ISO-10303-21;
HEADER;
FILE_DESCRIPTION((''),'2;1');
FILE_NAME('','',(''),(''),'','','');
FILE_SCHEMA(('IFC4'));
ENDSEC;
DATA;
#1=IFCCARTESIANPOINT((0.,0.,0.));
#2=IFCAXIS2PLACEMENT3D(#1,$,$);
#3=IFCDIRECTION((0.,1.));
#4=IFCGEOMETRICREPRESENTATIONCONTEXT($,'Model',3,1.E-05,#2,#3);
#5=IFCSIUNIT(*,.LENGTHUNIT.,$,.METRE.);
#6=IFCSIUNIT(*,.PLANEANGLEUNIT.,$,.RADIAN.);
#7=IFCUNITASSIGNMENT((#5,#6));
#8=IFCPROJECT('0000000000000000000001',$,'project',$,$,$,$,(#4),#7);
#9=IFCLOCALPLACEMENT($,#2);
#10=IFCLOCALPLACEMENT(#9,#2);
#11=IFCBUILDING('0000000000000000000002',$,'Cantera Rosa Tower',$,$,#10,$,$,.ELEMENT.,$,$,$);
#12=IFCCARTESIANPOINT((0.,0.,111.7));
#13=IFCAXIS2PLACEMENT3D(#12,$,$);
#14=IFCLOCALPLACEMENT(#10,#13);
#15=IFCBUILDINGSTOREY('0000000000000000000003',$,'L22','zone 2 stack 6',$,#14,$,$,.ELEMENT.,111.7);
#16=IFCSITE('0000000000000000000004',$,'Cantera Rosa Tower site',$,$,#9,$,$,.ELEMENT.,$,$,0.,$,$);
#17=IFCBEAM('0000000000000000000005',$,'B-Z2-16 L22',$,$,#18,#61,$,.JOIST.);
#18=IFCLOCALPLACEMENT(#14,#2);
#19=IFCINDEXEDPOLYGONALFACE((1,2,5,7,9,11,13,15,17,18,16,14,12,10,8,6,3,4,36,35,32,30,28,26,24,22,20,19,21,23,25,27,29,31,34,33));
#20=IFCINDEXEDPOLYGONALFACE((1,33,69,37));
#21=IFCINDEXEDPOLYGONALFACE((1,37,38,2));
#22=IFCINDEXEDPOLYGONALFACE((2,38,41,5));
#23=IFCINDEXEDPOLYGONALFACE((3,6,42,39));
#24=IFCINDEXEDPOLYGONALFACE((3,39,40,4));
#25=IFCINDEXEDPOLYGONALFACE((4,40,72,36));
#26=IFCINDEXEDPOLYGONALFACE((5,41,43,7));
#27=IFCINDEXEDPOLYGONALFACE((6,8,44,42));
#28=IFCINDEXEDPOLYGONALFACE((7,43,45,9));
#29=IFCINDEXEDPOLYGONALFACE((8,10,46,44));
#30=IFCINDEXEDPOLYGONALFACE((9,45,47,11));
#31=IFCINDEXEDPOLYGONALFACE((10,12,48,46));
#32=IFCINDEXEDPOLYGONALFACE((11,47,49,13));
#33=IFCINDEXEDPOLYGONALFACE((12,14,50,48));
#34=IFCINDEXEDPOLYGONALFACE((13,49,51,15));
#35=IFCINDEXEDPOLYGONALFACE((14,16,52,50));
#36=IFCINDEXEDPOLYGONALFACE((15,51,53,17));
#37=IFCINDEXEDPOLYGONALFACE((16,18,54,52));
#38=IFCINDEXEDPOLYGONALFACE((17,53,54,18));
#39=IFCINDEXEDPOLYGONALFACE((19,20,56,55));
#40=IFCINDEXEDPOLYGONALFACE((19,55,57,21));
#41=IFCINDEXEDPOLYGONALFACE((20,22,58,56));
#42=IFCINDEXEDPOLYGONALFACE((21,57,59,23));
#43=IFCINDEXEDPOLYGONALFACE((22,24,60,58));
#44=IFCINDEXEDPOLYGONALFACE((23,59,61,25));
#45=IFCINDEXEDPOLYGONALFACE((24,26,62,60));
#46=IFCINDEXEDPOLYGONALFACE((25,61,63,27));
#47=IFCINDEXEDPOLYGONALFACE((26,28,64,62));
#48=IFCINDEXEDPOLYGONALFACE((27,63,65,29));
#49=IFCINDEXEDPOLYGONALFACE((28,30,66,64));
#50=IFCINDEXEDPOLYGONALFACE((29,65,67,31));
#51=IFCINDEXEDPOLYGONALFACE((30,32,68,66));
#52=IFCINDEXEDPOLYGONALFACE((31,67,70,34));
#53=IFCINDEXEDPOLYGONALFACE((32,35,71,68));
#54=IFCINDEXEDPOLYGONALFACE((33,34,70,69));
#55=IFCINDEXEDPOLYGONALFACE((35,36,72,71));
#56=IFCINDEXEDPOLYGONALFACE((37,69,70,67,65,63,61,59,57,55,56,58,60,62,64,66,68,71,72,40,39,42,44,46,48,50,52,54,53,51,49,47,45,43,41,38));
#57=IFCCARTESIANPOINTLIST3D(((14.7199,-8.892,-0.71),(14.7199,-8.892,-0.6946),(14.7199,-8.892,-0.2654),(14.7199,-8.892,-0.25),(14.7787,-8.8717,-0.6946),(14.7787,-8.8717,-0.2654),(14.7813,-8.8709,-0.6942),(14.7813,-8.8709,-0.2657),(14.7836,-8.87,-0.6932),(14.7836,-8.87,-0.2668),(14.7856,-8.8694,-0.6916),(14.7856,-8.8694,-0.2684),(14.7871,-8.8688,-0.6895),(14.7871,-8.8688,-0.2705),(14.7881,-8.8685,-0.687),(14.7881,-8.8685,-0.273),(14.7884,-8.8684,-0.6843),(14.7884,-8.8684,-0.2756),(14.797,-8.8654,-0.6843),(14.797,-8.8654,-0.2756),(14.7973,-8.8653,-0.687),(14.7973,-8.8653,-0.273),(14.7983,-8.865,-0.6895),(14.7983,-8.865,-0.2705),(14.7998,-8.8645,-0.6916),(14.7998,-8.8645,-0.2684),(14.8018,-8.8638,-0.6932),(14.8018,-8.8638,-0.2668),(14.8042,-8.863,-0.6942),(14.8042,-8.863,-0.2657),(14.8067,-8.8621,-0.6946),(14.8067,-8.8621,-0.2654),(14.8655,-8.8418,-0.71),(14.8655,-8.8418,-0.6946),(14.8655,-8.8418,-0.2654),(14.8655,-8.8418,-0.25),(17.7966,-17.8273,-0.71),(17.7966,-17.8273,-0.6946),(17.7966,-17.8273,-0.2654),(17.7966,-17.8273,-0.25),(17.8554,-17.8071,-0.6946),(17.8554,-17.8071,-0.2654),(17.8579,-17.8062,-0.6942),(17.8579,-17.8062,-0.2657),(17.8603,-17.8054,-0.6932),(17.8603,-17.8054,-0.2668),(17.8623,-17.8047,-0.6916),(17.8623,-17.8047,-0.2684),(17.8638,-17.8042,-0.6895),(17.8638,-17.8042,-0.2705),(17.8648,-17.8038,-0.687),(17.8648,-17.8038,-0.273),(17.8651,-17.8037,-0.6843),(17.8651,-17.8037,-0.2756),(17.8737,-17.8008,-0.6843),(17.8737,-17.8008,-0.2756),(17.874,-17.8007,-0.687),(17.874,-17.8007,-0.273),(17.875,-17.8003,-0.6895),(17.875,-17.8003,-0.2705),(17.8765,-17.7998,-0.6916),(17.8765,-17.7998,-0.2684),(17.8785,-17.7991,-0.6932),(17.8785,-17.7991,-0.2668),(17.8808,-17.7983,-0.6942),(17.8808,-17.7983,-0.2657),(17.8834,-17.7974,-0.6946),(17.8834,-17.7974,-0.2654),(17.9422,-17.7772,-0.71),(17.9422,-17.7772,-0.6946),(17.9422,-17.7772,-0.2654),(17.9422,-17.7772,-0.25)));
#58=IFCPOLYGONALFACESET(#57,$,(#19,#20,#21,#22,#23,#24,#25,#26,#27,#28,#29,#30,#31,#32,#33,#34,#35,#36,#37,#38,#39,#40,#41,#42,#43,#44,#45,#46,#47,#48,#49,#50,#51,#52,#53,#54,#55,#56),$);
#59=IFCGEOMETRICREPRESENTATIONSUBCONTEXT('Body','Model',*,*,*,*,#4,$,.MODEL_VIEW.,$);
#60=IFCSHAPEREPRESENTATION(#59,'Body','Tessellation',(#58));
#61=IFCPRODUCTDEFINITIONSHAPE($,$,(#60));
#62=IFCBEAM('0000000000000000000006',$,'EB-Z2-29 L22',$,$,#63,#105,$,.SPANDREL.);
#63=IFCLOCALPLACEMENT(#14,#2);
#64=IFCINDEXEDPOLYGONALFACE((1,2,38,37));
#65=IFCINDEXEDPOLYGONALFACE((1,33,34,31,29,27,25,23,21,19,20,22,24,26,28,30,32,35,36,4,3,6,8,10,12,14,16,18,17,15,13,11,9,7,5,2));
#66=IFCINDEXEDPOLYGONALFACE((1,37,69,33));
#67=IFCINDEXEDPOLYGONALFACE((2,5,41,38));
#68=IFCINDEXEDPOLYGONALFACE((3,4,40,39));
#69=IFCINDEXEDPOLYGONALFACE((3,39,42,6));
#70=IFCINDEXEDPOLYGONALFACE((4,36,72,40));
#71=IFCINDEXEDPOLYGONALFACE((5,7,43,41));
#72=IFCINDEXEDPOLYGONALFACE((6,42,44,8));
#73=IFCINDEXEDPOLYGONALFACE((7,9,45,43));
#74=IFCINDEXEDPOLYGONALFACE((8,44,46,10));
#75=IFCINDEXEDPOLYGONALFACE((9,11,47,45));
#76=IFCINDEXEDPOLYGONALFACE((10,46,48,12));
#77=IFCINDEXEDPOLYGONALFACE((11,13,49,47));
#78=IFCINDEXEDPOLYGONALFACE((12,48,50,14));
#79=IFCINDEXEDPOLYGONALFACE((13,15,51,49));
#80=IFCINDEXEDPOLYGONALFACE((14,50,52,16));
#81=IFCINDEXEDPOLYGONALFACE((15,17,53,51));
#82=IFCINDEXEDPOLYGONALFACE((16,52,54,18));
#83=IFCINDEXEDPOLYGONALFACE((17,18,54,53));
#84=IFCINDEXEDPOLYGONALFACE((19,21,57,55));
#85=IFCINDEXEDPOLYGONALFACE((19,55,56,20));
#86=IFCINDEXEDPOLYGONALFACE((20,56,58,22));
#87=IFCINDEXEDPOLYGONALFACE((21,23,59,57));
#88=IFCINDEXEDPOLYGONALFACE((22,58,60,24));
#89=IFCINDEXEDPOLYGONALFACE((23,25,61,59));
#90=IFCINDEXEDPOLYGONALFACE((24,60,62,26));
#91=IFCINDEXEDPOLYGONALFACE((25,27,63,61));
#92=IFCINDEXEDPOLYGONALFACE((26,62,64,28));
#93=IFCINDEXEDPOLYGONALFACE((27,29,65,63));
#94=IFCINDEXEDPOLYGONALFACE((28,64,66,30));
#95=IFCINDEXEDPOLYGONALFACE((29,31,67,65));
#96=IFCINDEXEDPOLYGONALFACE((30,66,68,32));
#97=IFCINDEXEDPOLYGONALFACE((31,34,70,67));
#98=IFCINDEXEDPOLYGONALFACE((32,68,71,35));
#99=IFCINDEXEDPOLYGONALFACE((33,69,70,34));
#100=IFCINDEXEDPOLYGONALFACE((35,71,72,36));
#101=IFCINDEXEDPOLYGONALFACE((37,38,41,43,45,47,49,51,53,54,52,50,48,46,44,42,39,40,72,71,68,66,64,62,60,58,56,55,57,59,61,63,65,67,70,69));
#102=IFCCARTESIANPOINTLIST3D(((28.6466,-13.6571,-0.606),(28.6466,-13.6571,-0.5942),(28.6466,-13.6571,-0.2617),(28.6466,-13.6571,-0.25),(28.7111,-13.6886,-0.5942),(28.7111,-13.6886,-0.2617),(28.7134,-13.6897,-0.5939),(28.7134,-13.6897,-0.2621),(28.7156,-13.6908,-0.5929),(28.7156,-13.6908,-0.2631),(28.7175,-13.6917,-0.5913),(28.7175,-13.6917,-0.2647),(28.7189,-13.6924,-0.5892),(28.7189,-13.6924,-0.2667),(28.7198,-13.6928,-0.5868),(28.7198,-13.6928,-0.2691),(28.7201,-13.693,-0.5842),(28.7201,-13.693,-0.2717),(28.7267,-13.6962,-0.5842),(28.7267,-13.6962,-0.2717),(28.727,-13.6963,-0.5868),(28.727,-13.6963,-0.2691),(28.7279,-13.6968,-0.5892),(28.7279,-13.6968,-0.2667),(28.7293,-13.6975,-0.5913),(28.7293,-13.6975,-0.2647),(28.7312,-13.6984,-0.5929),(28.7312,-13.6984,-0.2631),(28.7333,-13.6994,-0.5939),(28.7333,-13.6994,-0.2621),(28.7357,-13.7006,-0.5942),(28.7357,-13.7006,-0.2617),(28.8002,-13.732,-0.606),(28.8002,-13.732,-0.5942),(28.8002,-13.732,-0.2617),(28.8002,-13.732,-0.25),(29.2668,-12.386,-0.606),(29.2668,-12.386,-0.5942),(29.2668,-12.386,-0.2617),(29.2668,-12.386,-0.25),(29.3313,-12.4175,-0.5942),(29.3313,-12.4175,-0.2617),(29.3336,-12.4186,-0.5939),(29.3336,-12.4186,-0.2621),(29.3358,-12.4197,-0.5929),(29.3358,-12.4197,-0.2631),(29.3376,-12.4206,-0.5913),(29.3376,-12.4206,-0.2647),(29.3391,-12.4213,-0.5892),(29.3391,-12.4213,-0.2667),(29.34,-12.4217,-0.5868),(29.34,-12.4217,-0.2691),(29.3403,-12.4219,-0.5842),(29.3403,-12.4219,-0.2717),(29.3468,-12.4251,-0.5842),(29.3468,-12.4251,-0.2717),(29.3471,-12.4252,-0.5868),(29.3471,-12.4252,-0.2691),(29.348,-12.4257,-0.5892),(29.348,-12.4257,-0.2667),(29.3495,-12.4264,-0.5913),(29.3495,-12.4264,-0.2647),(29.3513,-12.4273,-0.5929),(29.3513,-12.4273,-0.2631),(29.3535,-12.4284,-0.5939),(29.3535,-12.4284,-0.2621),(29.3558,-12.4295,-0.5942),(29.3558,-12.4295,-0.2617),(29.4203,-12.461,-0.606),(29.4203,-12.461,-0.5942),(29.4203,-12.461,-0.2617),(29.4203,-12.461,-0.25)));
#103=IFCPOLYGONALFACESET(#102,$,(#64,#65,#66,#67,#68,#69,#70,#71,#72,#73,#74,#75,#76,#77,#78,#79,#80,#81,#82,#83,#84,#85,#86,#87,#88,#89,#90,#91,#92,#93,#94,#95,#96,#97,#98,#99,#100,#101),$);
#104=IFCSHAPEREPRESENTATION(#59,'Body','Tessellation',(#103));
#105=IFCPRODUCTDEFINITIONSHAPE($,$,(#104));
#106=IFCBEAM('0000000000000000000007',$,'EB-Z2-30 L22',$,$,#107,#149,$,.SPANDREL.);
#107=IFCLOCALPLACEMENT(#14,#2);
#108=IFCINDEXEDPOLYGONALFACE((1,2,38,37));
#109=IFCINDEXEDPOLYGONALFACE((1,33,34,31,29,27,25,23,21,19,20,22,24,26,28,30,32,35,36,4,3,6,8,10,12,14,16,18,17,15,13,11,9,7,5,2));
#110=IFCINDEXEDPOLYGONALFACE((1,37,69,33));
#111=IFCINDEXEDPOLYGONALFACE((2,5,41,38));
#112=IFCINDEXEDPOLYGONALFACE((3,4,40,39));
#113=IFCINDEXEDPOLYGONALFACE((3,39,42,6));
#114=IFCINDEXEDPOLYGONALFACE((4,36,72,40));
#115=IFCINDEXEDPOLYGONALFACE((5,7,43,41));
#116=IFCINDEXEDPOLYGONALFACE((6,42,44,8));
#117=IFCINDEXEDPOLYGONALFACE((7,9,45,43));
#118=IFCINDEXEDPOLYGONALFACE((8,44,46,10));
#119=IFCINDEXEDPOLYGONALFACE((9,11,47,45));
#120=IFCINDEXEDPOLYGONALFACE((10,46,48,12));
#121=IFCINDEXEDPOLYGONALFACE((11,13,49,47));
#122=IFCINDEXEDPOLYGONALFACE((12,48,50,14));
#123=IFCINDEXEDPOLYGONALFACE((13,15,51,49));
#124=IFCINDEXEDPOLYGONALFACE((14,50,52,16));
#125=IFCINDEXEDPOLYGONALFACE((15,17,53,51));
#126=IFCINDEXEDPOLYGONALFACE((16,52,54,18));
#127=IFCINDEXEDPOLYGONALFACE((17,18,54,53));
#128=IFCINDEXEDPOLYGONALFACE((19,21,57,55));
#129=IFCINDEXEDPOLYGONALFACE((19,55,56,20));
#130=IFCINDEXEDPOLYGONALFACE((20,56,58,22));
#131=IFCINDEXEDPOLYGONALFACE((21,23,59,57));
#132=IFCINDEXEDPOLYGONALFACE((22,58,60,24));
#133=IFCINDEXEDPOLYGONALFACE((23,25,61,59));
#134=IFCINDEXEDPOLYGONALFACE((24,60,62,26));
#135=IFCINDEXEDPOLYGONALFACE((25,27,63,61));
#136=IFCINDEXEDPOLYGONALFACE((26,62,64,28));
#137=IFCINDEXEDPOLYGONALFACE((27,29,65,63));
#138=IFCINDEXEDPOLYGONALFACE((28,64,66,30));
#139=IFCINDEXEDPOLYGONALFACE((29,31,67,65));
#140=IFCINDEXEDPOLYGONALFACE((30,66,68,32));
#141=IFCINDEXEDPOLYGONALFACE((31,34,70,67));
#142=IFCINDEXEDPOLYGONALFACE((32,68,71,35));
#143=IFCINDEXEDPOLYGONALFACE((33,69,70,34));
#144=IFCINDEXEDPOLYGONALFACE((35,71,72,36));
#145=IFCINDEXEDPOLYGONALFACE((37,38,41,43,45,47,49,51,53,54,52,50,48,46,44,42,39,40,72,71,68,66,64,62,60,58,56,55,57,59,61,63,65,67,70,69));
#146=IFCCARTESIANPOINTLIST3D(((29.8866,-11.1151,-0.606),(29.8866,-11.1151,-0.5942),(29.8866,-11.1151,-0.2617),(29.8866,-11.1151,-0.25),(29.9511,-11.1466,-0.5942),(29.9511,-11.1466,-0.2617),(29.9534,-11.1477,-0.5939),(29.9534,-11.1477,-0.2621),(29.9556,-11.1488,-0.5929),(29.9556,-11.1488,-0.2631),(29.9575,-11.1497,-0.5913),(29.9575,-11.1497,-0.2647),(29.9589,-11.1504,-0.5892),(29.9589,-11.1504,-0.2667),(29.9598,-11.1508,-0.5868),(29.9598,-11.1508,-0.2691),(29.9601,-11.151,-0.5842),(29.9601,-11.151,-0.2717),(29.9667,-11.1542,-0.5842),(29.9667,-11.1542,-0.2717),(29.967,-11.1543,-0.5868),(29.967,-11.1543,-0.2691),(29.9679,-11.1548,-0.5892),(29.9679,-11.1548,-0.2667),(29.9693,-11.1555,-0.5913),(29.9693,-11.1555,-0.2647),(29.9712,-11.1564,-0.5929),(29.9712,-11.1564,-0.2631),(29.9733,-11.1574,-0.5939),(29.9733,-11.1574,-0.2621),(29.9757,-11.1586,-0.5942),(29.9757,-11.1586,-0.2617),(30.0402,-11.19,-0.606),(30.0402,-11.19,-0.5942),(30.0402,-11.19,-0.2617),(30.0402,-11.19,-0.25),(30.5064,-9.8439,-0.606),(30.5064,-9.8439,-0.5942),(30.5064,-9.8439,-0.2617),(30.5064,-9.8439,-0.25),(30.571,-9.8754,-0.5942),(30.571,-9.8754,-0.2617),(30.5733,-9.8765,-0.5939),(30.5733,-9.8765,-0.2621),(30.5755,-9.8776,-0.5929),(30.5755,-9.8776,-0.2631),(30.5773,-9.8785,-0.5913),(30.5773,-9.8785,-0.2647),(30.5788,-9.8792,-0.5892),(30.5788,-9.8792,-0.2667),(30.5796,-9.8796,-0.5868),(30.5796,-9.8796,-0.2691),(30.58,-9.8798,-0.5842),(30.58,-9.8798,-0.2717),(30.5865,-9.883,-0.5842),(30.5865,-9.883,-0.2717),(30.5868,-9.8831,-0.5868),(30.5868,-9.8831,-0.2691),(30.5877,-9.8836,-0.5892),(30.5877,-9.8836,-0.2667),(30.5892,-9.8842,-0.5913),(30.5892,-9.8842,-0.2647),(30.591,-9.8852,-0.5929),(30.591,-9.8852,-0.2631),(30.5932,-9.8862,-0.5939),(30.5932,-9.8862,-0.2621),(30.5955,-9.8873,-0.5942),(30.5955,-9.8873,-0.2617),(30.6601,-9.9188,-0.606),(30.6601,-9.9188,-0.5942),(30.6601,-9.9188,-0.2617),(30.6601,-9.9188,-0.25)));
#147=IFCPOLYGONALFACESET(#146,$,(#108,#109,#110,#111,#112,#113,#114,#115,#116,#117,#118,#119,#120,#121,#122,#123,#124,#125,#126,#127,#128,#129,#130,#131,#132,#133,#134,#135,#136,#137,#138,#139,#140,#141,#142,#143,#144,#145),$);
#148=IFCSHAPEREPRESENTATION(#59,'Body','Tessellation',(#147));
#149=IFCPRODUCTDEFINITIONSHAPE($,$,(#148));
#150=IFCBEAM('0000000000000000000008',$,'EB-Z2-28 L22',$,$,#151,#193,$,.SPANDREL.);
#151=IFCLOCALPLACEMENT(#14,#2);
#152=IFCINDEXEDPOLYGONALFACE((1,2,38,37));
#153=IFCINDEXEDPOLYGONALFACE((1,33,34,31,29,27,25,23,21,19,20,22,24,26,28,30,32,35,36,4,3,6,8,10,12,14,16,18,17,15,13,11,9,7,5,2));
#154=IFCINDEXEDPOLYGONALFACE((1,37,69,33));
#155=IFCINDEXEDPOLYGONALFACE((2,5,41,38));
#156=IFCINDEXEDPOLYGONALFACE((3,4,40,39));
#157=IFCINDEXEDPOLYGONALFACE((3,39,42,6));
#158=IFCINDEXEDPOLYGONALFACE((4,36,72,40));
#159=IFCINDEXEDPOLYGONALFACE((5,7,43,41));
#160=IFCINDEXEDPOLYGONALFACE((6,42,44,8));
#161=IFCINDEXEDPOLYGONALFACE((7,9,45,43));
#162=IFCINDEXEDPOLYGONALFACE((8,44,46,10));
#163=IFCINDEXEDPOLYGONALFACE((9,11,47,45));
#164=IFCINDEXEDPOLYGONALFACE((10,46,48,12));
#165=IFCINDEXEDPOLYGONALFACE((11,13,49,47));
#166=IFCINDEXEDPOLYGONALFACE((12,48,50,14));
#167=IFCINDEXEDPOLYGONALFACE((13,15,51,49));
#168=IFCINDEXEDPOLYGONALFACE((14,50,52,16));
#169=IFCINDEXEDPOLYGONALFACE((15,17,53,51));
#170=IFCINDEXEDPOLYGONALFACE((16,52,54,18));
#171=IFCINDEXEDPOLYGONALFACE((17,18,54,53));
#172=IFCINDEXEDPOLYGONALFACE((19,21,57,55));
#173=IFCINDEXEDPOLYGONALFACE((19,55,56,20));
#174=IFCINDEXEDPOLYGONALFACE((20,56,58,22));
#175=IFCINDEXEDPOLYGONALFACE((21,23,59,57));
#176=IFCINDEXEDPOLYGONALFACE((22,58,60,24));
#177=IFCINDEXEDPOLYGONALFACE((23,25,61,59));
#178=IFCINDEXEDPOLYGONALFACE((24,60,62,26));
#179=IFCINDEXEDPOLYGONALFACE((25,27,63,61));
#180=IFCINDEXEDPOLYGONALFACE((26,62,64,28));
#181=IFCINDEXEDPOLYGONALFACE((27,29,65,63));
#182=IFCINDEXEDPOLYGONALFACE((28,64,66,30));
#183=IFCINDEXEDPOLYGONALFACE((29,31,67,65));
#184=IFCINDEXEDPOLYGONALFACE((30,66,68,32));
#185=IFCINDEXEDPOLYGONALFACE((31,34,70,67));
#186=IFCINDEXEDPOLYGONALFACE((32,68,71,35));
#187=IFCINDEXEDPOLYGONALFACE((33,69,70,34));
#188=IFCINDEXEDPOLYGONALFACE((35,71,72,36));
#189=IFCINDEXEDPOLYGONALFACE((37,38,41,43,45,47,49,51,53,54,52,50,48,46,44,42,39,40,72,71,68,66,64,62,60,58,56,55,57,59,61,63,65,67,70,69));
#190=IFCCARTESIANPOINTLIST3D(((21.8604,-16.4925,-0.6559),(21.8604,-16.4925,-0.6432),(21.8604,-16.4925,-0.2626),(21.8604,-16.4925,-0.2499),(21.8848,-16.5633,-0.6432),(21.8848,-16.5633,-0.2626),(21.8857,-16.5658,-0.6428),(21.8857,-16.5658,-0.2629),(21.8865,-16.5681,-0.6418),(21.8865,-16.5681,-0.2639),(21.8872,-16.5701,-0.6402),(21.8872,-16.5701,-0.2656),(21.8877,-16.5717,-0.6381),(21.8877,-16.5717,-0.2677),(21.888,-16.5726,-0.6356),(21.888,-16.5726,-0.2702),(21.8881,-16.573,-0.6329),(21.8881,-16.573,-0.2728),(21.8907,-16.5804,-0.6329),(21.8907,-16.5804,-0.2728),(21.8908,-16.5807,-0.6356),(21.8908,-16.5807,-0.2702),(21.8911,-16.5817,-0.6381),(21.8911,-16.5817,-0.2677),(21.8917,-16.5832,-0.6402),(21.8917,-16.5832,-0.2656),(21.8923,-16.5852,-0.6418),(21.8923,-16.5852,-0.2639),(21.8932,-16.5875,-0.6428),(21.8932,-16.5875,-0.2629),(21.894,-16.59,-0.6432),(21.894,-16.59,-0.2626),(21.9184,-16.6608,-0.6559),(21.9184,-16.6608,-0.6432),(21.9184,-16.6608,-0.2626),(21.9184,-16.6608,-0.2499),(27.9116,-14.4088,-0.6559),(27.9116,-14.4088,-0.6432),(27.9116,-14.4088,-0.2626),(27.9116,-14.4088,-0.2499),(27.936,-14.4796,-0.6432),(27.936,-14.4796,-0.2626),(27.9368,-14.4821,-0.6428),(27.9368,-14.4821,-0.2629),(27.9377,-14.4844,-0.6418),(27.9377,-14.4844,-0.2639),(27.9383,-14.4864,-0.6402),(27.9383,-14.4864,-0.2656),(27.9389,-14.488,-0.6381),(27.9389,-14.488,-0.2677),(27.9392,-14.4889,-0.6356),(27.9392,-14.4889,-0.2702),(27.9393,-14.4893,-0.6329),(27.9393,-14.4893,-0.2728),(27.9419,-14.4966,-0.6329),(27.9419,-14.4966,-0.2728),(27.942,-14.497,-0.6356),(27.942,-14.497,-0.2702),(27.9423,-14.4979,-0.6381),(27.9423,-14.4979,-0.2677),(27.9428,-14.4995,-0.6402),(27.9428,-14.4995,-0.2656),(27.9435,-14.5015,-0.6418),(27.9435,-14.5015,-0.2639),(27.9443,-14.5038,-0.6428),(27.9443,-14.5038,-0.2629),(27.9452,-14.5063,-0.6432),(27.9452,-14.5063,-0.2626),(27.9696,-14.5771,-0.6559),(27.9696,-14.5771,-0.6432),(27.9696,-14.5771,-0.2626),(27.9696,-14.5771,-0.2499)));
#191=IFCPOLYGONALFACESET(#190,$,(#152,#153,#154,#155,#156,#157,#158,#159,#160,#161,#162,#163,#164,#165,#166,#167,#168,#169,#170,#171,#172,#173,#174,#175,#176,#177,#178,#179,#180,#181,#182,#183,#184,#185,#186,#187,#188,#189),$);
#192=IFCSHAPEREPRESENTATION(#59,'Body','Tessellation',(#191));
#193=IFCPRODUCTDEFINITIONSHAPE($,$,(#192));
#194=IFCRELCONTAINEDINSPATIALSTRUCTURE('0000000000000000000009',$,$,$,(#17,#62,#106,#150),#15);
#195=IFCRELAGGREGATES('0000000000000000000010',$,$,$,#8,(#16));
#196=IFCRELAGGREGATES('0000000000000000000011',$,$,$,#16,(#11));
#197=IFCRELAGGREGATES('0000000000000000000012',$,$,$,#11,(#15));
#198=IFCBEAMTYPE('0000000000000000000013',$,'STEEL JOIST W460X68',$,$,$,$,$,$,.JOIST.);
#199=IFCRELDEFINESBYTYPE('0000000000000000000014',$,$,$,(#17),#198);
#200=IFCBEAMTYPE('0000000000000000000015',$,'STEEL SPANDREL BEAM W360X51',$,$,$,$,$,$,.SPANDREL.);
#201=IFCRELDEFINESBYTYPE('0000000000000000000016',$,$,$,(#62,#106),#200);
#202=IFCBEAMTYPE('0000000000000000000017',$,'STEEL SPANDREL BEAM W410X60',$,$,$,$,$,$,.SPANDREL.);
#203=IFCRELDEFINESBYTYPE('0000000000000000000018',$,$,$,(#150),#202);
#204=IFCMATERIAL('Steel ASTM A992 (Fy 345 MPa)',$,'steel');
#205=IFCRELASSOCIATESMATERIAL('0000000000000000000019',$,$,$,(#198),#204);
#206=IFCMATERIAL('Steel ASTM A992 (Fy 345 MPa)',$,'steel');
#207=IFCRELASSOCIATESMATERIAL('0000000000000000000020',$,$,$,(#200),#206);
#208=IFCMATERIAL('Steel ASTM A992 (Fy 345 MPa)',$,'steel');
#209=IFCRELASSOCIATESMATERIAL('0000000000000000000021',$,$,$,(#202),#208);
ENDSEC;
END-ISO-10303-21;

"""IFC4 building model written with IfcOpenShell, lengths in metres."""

from ifc_helpers import new_model, si_unit, direction, frame, origin, origin_2d, place, context, subcontext, project, spatial, i_section, extrude, material, material_profile, profile_set, type_object, element, save


model = new_model("IFC4")

# Units and contexts
model_context = context("Model", 3, precision=1e-05, world=origin(), true_north=direction((0.0, 1.0)))
body_context = subcontext(model_context, "Body", "Model", "MODEL_VIEW")
ifc_project = project(units=[si_unit("LENGTHUNIT", "METRE"), si_unit("PLANEANGLEUNIT", "RADIAN")], contexts=[model_context])

# Site, building, storey
site_placement = place(None, origin())
site = spatial("IfcSite", under=ifc_project, at=site_placement, Name="Cantera Rosa Tower site", CompositionType="ELEMENT", RefElevation=0.0)
building_placement = place(site_placement, origin())
building = spatial("IfcBuilding", under=site, at=building_placement, Name="Cantera Rosa Tower", CompositionType="ELEMENT")
storey_placement = place(building_placement, frame((0.0, 0.0, 111.7)))
storey = spatial("IfcBuildingStorey", under=building, at=storey_placement, Name="L22", Description="zone 2 stack 6", CompositionType="ELEMENT", Elevation=111.7)

# Beams
ifc_material_1 = material(Name="Steel ASTM A992 (Fy 345 MPa)", Category="steel")
ifc_material_profile_1 = material_profile(ifc_material_1, i_section(OverallWidth=0.1541, OverallDepth=0.46, WebThickness=0.009, FlangeThickness=0.0154, FilletRadius=0.0103, at=origin_2d()), Name="W460X68")
ifc_profile_set_1 = profile_set([ifc_material_profile_1], Name="Steel ASTM A992 (Fy 345 MPa)")
beam_type_1 = type_object("IfcBeamType", Name="STEEL JOIST W460X68", PredefinedType="JOIST", material=ifc_profile_set_1)
beam_1_placement = place(storey_placement, frame((17.8694, -17.8022, -0.48), z_axis=(-0.325567, 0.945519, 0.0), x_axis=(-0.945519, -0.325567, 0.0)))
element("IfcBeam", 1, at=beam_1_placement, inside=storey, type_object=beam_type_1, Name="B-Z2-16 L22", PredefinedType="JOIST", context=body_context, shape_type="SweptSolid", body=[
    extrude(i_section(OverallWidth=0.1541, OverallDepth=0.46, WebThickness=0.009, FlangeThickness=0.0154, FilletRadius=0.0103, at=origin_2d()), origin(), (0.0, 0.0, 1.0), 9.4502),
])
ifc_material_2 = material(Name="Steel ASTM A992 (Fy 345 MPa)", Category="steel")
ifc_material_profile_2 = material_profile(ifc_material_2, i_section(OverallWidth=0.1709, OverallDepth=0.356, WebThickness=0.0073, FlangeThickness=0.0117, FilletRadius=0.01, at=origin_2d()), Name="W360X51")
ifc_profile_set_2 = profile_set([ifc_material_profile_2], Name="Steel ASTM A992 (Fy 345 MPa)")
beam_type_2 = type_object("IfcBeamType", Name="STEEL SPANDREL BEAM W360X51", PredefinedType="SPANDREL", material=ifc_profile_set_2)
for number, where, z_axis, x_axis, name in (
    (2, (28.7234, -13.6946, -0.428), (0.438492, 0.898735, 0.0), (-0.898735, 0.438492, 0.0), "EB-Z2-29 L22"),
    (3, (29.9634, -11.1526, -0.428), (0.438284, 0.898836, 0.0), (-0.898836, 0.438284, 0.0), "EB-Z2-30 L22"),
):
    element("IfcBeam", number, at=place(storey_placement, frame(where, z_axis=z_axis, x_axis=x_axis)), inside=storey, type_object=beam_type_2, Name=name, PredefinedType="SPANDREL", context=body_context, shape_type="SweptSolid", body=[
        extrude(i_section(OverallWidth=0.1709, OverallDepth=0.356, WebThickness=0.0073, FlangeThickness=0.0117, FilletRadius=0.01, at=origin_2d()), origin(), (0.0, 0.0, 1.0), 1.4143),
    ])
ifc_material_3 = material(Name="Steel ASTM A992 (Fy 345 MPa)", Category="steel")
ifc_material_profile_3 = material_profile(ifc_material_3, i_section(OverallWidth=0.178, OverallDepth=0.406, WebThickness=0.0078, FlangeThickness=0.0127, FilletRadius=0.0103, at=origin_2d()), Name="W410X60")
ifc_profile_set_3 = profile_set([ifc_material_profile_3], Name="Steel ASTM A992 (Fy 345 MPa)")
beam_type_3 = type_object("IfcBeamType", Name="STEEL SPANDREL BEAM W410X60", PredefinedType="SPANDREL", material=ifc_profile_set_3)
beam_2_placement = place(storey_placement, frame((21.8894, -16.5767, -0.4529), z_axis=(0.945513, 0.325585, 0.0), x_axis=(-0.325585, 0.945513, 0.0)))
element("IfcBeam", 4, at=beam_2_placement, inside=storey, type_object=beam_type_3, Name="EB-Z2-28 L22", PredefinedType="SPANDREL", context=body_context, shape_type="SweptSolid", body=[
    extrude(i_section(OverallWidth=0.178, OverallDepth=0.406, WebThickness=0.0078, FlangeThickness=0.0127, FilletRadius=0.0103, at=origin_2d()), origin(), (0.0, 0.0, 1.0), 6.3999),
])

save(model, "model.ifc")
